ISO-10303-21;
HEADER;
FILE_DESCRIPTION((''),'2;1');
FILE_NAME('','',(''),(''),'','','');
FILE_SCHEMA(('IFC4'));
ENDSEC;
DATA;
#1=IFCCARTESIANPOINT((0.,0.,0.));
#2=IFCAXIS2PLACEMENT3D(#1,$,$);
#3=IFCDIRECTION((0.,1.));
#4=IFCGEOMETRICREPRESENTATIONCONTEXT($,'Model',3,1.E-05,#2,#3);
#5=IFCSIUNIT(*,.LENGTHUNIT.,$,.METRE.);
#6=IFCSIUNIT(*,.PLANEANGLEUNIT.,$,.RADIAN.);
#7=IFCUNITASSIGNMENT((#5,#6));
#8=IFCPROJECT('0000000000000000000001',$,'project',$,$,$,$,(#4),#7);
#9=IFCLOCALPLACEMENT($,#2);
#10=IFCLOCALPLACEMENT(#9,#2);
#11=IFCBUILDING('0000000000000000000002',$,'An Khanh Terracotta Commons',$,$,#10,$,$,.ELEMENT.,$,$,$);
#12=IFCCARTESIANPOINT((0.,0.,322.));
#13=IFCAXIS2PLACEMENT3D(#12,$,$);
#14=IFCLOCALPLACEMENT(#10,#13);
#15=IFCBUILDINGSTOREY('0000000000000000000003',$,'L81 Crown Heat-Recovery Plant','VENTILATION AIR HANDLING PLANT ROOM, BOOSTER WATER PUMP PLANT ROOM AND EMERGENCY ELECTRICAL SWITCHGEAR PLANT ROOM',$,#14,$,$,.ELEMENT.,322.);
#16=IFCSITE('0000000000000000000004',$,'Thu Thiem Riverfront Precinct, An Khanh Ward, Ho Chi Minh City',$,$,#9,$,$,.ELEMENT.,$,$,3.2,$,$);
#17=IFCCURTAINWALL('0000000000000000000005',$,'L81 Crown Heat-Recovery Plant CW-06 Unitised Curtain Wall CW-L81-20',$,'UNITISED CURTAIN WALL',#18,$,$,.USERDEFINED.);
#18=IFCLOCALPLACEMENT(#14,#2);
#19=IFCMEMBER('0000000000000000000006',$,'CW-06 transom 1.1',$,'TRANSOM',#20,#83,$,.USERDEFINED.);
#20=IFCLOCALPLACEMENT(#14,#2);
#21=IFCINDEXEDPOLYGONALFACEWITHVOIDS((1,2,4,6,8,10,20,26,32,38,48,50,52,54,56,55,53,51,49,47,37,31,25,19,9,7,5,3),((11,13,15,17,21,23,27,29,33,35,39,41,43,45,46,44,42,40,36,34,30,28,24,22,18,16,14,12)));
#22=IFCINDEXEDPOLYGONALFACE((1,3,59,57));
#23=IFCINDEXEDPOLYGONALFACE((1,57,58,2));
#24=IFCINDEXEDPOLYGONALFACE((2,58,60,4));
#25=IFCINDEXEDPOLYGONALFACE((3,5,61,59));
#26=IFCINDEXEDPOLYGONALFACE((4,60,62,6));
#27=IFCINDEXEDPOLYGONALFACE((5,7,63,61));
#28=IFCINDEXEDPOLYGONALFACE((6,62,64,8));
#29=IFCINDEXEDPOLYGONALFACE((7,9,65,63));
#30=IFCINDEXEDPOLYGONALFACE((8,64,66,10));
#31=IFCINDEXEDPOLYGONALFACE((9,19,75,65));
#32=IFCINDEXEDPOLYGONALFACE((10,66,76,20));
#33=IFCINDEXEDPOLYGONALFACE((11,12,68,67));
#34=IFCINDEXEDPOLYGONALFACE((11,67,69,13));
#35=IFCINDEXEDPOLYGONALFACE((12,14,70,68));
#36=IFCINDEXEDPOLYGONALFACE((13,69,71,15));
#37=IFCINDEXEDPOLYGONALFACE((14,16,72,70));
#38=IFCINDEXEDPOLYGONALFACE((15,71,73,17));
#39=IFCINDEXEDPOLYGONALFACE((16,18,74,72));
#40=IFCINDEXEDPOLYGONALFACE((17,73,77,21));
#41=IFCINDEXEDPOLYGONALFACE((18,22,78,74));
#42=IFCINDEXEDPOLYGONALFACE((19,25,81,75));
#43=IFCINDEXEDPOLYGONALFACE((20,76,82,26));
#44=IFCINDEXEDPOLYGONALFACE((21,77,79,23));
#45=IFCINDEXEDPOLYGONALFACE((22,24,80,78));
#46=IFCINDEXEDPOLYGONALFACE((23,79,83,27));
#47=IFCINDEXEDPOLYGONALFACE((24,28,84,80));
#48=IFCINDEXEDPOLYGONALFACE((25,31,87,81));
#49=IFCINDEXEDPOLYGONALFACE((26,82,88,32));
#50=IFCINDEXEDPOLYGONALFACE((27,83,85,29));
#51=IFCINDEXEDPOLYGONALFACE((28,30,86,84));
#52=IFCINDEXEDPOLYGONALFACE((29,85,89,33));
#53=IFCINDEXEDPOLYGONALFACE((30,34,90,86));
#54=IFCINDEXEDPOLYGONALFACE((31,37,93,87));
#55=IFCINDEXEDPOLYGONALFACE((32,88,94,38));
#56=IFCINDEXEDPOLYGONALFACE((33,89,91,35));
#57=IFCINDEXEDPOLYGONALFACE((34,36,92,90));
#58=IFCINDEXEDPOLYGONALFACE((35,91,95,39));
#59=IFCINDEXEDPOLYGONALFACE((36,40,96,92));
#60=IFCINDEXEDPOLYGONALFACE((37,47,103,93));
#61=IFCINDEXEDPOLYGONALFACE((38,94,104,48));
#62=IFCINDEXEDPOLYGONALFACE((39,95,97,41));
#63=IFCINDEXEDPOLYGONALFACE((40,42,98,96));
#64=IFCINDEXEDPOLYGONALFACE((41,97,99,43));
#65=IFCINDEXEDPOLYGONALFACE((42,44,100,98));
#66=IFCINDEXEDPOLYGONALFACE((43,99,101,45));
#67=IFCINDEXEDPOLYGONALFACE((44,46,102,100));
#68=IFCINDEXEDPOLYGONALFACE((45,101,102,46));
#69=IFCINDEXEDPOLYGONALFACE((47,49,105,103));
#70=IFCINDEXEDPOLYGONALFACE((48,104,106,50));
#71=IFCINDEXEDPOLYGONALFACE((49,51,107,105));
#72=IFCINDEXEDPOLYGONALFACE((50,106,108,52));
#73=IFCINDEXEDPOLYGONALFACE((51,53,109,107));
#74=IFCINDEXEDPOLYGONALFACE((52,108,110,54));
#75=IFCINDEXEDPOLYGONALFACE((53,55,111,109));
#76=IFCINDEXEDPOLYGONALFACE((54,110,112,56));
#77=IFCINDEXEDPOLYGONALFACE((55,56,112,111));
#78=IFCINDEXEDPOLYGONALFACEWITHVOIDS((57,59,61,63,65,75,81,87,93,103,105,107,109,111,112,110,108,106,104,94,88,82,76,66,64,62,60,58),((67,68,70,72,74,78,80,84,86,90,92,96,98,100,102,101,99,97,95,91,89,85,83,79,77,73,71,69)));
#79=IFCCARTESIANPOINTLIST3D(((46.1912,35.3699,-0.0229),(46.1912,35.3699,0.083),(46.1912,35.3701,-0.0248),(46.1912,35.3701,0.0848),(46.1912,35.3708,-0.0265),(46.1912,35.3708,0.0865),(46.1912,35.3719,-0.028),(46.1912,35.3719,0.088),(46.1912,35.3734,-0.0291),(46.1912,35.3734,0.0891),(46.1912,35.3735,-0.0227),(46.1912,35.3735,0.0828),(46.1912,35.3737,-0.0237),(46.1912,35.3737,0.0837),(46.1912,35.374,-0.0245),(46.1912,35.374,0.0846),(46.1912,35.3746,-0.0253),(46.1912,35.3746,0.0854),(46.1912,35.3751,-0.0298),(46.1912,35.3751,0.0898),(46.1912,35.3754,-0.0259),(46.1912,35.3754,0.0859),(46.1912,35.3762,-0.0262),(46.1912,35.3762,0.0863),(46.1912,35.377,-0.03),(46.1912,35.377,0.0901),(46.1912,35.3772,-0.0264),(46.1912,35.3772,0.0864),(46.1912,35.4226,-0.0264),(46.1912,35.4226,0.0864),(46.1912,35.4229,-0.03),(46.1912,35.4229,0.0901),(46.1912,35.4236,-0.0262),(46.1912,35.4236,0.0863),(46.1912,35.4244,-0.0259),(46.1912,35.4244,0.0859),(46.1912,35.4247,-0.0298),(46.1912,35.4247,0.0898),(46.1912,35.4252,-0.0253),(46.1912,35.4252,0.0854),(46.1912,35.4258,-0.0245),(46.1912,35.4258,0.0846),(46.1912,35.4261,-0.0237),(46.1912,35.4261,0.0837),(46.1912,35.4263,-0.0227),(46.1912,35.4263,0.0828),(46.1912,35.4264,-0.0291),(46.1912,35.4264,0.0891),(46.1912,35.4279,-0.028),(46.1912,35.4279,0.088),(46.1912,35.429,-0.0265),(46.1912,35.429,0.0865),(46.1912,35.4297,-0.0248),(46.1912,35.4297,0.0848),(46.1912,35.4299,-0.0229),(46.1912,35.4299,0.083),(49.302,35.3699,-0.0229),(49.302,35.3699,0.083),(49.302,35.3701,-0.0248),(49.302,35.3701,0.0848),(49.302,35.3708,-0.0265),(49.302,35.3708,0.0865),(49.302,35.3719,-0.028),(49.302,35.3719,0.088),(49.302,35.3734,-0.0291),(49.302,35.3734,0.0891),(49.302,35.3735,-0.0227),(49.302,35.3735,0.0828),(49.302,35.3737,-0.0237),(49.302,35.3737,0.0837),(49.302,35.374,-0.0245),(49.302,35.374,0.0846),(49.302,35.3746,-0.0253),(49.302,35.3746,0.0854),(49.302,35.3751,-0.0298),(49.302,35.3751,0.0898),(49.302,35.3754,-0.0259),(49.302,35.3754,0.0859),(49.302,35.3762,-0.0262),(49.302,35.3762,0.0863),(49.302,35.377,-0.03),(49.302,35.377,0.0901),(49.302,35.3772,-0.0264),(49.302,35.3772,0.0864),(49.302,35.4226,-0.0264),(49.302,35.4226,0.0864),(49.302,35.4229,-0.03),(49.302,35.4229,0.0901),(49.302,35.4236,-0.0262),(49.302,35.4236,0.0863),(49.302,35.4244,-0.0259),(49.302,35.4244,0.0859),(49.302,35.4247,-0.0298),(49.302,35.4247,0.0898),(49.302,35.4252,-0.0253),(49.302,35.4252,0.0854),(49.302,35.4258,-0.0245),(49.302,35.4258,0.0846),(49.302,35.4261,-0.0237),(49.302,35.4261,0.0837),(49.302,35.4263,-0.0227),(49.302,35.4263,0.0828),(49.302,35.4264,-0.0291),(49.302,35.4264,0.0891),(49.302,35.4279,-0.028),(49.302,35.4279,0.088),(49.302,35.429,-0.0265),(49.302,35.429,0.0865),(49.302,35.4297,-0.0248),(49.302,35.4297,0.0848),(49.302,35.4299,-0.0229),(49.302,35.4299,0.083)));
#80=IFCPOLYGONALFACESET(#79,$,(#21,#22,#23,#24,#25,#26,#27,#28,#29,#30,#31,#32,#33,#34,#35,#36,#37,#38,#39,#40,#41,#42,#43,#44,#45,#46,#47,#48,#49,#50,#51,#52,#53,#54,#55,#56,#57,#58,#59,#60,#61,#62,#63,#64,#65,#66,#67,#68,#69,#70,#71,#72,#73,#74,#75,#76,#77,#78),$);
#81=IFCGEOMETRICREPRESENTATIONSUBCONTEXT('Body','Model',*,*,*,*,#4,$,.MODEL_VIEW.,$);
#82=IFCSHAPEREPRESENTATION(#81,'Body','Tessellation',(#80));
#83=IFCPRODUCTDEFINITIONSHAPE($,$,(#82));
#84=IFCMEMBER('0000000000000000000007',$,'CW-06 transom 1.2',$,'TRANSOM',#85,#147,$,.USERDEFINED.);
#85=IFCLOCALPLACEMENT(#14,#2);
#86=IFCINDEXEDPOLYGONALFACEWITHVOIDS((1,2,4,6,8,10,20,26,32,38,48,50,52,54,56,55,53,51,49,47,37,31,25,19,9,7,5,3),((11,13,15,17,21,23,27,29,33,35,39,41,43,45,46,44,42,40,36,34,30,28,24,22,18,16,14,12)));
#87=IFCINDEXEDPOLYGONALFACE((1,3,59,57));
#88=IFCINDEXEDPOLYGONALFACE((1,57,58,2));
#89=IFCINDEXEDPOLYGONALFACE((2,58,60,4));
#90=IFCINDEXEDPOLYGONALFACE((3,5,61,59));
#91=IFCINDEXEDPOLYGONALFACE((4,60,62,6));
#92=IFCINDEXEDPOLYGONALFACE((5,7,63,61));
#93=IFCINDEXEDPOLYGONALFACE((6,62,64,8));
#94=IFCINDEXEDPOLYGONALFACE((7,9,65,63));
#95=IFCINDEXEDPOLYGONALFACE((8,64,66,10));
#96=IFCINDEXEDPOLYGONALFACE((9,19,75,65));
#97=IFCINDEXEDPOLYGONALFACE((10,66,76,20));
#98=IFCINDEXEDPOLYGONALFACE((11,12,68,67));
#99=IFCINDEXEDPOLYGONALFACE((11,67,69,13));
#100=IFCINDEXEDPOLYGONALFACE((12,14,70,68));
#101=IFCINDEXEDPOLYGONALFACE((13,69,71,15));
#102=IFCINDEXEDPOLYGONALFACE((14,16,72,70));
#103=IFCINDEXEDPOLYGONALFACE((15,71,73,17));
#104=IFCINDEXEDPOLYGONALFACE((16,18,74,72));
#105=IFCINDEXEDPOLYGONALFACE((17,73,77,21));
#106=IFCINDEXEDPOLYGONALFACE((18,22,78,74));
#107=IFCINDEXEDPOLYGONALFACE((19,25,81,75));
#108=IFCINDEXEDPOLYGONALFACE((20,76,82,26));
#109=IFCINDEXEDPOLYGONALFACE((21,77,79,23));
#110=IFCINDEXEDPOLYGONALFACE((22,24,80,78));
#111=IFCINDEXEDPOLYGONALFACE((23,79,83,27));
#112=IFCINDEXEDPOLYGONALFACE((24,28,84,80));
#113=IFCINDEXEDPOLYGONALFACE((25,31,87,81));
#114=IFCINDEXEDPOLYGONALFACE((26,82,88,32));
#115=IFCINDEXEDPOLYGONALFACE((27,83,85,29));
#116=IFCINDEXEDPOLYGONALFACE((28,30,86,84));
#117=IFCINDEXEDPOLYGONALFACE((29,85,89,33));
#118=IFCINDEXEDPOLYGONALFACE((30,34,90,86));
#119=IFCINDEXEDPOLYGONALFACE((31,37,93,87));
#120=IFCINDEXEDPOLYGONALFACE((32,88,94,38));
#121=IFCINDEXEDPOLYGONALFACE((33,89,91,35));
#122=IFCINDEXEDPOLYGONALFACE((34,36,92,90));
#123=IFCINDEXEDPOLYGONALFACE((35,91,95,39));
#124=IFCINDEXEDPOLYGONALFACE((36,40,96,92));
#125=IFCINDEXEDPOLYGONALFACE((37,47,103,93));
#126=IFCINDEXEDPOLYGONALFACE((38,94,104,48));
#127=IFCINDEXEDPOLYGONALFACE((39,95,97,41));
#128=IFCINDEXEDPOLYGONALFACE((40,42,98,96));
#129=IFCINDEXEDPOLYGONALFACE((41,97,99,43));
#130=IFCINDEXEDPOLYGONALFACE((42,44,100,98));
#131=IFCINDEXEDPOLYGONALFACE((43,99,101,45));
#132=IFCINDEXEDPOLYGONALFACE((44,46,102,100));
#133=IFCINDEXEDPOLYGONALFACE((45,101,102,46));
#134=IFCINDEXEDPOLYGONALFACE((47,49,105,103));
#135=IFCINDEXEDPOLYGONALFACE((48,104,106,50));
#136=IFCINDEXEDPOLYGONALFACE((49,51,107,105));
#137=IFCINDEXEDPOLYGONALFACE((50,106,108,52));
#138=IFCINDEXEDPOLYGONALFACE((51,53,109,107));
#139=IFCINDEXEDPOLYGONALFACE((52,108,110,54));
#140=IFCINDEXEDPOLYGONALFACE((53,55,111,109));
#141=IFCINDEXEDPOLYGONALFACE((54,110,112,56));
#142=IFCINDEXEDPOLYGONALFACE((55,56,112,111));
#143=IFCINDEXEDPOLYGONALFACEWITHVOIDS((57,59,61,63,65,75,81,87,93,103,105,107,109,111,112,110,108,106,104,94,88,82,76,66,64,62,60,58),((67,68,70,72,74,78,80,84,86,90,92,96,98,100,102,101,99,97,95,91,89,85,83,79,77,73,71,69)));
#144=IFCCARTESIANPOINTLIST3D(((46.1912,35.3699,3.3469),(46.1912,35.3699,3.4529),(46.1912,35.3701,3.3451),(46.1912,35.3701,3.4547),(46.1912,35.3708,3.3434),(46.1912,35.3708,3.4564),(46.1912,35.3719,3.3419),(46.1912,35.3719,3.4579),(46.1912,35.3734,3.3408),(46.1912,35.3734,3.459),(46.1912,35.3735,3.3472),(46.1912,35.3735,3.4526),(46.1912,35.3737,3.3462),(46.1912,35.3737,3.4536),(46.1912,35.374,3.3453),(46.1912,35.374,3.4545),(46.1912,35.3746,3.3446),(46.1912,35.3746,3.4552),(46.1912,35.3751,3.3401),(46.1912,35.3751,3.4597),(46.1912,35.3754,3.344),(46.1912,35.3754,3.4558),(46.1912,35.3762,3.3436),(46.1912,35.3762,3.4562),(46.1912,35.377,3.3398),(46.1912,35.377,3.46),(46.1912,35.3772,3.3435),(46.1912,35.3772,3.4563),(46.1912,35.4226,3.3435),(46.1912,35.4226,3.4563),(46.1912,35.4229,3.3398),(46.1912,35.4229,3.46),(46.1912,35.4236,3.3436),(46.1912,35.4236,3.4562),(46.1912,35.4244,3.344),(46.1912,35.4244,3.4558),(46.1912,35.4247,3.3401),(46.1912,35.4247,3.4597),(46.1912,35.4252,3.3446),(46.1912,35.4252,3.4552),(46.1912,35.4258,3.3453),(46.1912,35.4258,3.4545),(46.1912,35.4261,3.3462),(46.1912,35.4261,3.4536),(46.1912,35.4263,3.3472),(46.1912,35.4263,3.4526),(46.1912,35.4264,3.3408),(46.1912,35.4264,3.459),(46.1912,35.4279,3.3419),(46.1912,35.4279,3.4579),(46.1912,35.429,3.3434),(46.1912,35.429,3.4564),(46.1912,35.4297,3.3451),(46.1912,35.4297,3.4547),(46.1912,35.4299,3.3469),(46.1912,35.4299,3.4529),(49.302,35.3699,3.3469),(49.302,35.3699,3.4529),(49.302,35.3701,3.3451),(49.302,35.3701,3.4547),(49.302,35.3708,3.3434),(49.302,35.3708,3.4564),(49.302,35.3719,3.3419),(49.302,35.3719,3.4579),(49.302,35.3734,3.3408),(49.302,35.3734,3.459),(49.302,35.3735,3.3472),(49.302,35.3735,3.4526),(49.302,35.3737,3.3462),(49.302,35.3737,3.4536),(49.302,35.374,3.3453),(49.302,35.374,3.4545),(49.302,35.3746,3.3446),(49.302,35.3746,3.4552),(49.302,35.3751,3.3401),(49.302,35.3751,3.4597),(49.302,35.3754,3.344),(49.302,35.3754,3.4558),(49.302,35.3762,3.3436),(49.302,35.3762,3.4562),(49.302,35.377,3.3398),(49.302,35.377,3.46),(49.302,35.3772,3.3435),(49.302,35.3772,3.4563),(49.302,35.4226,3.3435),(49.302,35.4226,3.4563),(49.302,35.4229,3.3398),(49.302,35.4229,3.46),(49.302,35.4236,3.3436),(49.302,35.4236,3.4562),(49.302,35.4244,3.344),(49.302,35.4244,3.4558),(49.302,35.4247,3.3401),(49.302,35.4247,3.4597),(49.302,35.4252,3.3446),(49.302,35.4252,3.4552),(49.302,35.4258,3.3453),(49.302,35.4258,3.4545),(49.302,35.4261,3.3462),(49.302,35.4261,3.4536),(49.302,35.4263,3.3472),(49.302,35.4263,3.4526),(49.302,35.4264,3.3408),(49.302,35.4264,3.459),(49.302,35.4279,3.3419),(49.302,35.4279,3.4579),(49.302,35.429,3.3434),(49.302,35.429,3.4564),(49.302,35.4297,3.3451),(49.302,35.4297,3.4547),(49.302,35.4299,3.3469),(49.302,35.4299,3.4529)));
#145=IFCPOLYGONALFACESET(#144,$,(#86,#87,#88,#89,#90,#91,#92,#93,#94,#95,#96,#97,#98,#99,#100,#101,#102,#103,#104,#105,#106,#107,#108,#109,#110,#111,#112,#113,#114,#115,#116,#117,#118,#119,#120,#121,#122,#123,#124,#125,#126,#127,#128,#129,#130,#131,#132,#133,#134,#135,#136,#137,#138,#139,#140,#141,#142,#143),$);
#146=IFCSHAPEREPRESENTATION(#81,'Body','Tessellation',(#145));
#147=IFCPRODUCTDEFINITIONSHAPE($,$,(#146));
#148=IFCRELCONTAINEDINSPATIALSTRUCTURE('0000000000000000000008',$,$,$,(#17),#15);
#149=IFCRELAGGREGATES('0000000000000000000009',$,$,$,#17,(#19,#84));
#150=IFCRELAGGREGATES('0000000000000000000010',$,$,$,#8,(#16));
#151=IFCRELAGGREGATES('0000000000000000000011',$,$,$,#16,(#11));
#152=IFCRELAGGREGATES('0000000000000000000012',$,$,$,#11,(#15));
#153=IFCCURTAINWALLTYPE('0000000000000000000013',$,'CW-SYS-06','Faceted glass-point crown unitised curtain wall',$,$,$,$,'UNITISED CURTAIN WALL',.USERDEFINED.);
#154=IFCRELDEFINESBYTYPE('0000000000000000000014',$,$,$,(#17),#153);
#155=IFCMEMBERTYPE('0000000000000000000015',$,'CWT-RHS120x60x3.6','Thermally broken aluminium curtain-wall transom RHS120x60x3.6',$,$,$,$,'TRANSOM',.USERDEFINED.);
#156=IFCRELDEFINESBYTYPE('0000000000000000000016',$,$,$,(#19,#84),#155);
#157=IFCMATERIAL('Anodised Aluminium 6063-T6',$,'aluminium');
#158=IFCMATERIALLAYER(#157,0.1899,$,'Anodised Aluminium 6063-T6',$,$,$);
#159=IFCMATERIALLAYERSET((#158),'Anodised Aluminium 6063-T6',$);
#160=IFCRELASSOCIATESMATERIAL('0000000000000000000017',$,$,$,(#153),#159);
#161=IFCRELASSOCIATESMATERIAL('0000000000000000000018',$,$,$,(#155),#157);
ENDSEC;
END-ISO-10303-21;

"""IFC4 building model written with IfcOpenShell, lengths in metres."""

from ifc_helpers import new_model, si_unit, direction, frame, origin, origin_2d, place, context, subcontext, project, spatial, hollow_rectangle, extrude, material, layer, layer_set, material_profile, profile_set, type_object, element, aggregate, save


model = new_model("IFC4")

# Units and contexts
model_context = context("Model", 3, precision=1e-05, world=origin(), true_north=direction((0.0, 1.0)))
body_context = subcontext(model_context, "Body", "Model", "MODEL_VIEW")
ifc_project = project(units=[si_unit("LENGTHUNIT", "METRE"), si_unit("PLANEANGLEUNIT", "RADIAN")], contexts=[model_context])

# Site, building, storey
site_placement = place(None, origin())
site = spatial("IfcSite", under=ifc_project, at=site_placement, Name="Thu Thiem Riverfront Precinct, An Khanh Ward, Ho Chi Minh City", CompositionType="ELEMENT", RefElevation=3.2)
building_placement = place(site_placement, origin())
building = spatial("IfcBuilding", under=site, at=building_placement, Name="An Khanh Terracotta Commons", CompositionType="ELEMENT")
storey_placement = place(building_placement, frame((0.0, 0.0, 322.0)))
storey = spatial("IfcBuildingStorey", under=building, at=storey_placement, Name="L81 Crown Heat-Recovery Plant", Description="VENTILATION AIR HANDLING PLANT ROOM, BOOSTER WATER PUMP PLANT ROOM AND EMERGENCY ELECTRICAL SWITCHGEAR PLANT ROOM", CompositionType="ELEMENT", Elevation=322.0)

# Curtain wall, members
ifc_material_1 = material(Name="Anodised Aluminium 6063-T6", Category="aluminium")
ifc_layer_1 = layer(ifc_material_1, 0.1899, Name="Anodised Aluminium 6063-T6")
ifc_layer_set_1 = layer_set([ifc_layer_1], Name="Anodised Aluminium 6063-T6")
curtain_wall_type = type_object("IfcCurtainWallType", Name="CW-SYS-06", Description="Faceted glass-point crown unitised curtain wall", ElementType="UNITISED CURTAIN WALL", PredefinedType="USERDEFINED", material=ifc_layer_set_1)
curtain_wall_placement = place(storey_placement, origin())
curtain_wall = element("IfcCurtainWall", 1, at=curtain_wall_placement, inside=storey, type_object=curtain_wall_type, Name="L81 Crown Heat-Recovery Plant CW-06 Unitised Curtain Wall CW-L81-20", ObjectType="UNITISED CURTAIN WALL", PredefinedType="USERDEFINED")
ifc_material_profile_1 = material_profile(ifc_material_1, hollow_rectangle(XDim=0.0601, YDim=0.1201, WallThickness=0.0037, InnerFilletRadius=0.0037, OuterFilletRadius=0.0071, at=origin_2d()), Name="RHS120x60x3.6")
ifc_profile_set_1 = profile_set([ifc_material_profile_1], Name="Anodised Aluminium 6063-T6")
member_type_1 = type_object("IfcMemberType", Name="CWT-RHS120x60x3.6", Description="Thermally broken aluminium curtain-wall transom RHS120x60x3.6", ElementType="TRANSOM", PredefinedType="USERDEFINED", material=ifc_profile_set_1)
member_1_placement = place(storey_placement, frame((49.302, 35.3999, 0.03), z_axis=(-1.0, 0.0, 0.0), x_axis=(0.0, -1.0, 0.0)))
member_1 = element("IfcMember", 2, at=member_1_placement, type_object=member_type_1, Name="CW-06 transom 1.1", ObjectType="TRANSOM", PredefinedType="USERDEFINED", context=body_context, shape_type="SweptSolid", body=[
    extrude(hollow_rectangle(XDim=0.0601, YDim=0.1201, WallThickness=0.0037, InnerFilletRadius=0.0037, OuterFilletRadius=0.0071, at=origin_2d()), origin(), (0.0, 0.0, 1.0), 3.1108),
])
member_2_placement = place(storey_placement, frame((49.302, 35.3999, 3.3999), z_axis=(-1.0, 0.0, 0.0), x_axis=(0.0, -1.0, 0.0)))
member_2 = element("IfcMember", 3, at=member_2_placement, type_object=member_type_1, Name="CW-06 transom 1.2", ObjectType="TRANSOM", PredefinedType="USERDEFINED", context=body_context, shape_type="SweptSolid", body=[
    extrude(hollow_rectangle(XDim=0.0601, YDim=0.1201, WallThickness=0.0037, InnerFilletRadius=0.0037, OuterFilletRadius=0.0071, at=origin_2d()), origin(), (0.0, 0.0, 1.0), 3.1108),
])

aggregate(curtain_wall, [member_1, member_2])

save(model, "model.ifc")
